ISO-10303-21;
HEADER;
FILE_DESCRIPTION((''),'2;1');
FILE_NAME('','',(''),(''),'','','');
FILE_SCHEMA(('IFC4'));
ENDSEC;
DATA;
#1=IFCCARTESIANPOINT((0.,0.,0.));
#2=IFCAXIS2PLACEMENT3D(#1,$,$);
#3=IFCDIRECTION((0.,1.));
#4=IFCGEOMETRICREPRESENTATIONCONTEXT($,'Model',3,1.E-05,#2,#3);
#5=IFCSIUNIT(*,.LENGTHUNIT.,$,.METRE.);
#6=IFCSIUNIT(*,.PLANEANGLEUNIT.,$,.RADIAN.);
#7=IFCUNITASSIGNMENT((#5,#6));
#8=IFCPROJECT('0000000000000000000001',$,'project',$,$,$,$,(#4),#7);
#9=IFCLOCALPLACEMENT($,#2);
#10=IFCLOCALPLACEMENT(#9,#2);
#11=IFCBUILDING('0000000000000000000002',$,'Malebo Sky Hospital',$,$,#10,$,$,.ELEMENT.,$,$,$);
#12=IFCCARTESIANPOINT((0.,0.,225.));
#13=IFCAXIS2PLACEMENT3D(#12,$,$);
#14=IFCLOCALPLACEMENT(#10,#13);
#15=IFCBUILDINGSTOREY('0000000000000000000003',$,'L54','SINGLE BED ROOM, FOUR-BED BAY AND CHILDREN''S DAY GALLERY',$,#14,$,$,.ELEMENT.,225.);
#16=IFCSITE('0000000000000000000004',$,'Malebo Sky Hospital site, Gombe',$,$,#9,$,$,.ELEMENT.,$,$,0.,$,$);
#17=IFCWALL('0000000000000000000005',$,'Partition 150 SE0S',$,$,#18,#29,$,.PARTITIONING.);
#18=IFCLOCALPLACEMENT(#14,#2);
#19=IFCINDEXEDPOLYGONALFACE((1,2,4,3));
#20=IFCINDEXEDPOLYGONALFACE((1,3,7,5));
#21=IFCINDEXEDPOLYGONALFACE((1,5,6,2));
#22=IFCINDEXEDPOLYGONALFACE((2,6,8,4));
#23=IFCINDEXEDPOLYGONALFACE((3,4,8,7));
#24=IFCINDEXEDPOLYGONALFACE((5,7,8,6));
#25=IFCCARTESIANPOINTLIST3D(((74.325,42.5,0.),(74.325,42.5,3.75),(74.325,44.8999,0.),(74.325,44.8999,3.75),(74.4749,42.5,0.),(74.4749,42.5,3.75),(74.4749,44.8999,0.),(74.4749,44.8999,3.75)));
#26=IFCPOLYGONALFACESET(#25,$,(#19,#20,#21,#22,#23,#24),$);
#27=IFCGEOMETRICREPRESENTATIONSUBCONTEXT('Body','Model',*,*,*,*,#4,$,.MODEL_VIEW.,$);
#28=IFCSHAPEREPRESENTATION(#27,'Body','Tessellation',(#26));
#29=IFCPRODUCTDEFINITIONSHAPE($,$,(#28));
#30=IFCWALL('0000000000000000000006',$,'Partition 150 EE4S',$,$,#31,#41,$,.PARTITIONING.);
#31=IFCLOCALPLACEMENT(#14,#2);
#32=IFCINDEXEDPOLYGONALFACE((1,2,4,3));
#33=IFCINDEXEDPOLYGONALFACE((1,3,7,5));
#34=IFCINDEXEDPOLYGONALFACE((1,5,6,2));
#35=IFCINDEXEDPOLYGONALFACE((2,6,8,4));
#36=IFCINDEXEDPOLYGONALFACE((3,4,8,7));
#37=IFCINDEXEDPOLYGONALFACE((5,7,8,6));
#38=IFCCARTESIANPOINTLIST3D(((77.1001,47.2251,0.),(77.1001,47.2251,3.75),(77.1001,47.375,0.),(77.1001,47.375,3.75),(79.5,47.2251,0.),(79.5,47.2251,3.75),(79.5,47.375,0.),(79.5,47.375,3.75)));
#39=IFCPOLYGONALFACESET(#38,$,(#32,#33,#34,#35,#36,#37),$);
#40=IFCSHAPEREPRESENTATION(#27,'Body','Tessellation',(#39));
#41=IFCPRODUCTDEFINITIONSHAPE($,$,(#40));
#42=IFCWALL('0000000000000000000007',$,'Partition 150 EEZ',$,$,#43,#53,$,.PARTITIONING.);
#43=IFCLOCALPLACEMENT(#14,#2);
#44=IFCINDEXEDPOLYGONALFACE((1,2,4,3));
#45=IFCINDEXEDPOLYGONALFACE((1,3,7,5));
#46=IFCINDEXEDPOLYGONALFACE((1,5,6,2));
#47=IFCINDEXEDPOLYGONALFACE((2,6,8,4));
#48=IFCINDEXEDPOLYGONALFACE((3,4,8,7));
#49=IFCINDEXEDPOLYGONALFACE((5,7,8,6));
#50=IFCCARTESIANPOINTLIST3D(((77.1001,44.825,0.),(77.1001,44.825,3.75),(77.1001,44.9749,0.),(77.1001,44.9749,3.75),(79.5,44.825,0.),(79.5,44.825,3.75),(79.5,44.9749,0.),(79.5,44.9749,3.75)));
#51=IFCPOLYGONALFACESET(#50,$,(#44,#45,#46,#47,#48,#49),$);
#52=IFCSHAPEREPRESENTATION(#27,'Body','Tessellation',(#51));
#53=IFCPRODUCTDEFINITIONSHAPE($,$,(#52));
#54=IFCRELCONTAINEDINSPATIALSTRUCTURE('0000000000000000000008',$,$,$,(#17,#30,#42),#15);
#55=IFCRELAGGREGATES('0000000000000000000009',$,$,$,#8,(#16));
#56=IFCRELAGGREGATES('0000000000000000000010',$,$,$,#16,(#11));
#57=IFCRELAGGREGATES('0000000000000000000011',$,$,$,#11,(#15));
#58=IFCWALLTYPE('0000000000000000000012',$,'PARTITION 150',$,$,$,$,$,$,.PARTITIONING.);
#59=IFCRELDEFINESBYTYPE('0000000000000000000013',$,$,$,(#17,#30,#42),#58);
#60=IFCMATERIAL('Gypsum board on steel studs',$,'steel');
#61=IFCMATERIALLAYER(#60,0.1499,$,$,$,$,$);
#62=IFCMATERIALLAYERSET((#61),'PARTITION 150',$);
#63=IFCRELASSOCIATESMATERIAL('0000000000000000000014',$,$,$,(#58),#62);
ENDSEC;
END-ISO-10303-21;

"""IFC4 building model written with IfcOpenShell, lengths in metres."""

from ifc_helpers import new_model, si_unit, direction, frame, frame_2d, origin, place, context, subcontext, project, spatial, rectangle, extrude, material, layer, layer_set, type_object, element, save


model = new_model("IFC4")

# Units and contexts
model_context = context("Model", 3, precision=1e-05, world=origin(), true_north=direction((0.0, 1.0)))
body_context = subcontext(model_context, "Body", "Model", "MODEL_VIEW")
ifc_project = project(units=[si_unit("LENGTHUNIT", "METRE"), si_unit("PLANEANGLEUNIT", "RADIAN")], contexts=[model_context])

# Site, building, storey
site_placement = place(None, origin())
site = spatial("IfcSite", under=ifc_project, at=site_placement, Name="Malebo Sky Hospital site, Gombe", CompositionType="ELEMENT", RefElevation=0.0)
building_placement = place(site_placement, origin())
building = spatial("IfcBuilding", under=site, at=building_placement, Name="Malebo Sky Hospital", CompositionType="ELEMENT")
storey_placement = place(building_placement, frame((0.0, 0.0, 225.0)))
storey = spatial("IfcBuildingStorey", under=building, at=storey_placement, Name="L54", Description="SINGLE BED ROOM, FOUR-BED BAY AND CHILDREN'S DAY GALLERY", CompositionType="ELEMENT", Elevation=225.0)

# Shared definitions
ifc_material_1 = material(Name="Gypsum board on steel studs", Category="steel")

# Shared definitions
ifc_layer_1 = layer(ifc_material_1, 0.1499)
ifc_layer_set_1 = layer_set([ifc_layer_1], Name="PARTITION 150")
wall_type_1 = type_object("IfcWallType", Name="PARTITION 150", PredefinedType="PARTITIONING", material=ifc_layer_set_1)

# Walls
for number, where, z_axis, x_axis, name in (
    (1, (74.3999, 44.8999, 0.0), (0.0, 0.0, 1.0), (0.0, -1.0, 0.0), "Partition 150 SE0S"),
    (2, (77.1001, 47.3, 0.0), (0.0, 0.0, 1.0), (1.0, 0.0, 0.0), "Partition 150 EE4S"),
    (3, (77.1001, 44.8999, 0.0), (0.0, 0.0, 1.0), (1.0, 0.0, 0.0), "Partition 150 EEZ"),
):
    element("IfcWall", number, at=place(storey_placement, frame(where, z_axis=z_axis, x_axis=x_axis)), inside=storey, type_object=wall_type_1, Name=name, PredefinedType="PARTITIONING", context=body_context, shape_type="SweptSolid", body=[
        extrude(rectangle(XDim=2.3999, YDim=0.1499, at=frame_2d((1.2, 0.0))), origin(), (0.0, 0.0, 1.0), 3.75),
    ])

save(model, "model.ifc")
